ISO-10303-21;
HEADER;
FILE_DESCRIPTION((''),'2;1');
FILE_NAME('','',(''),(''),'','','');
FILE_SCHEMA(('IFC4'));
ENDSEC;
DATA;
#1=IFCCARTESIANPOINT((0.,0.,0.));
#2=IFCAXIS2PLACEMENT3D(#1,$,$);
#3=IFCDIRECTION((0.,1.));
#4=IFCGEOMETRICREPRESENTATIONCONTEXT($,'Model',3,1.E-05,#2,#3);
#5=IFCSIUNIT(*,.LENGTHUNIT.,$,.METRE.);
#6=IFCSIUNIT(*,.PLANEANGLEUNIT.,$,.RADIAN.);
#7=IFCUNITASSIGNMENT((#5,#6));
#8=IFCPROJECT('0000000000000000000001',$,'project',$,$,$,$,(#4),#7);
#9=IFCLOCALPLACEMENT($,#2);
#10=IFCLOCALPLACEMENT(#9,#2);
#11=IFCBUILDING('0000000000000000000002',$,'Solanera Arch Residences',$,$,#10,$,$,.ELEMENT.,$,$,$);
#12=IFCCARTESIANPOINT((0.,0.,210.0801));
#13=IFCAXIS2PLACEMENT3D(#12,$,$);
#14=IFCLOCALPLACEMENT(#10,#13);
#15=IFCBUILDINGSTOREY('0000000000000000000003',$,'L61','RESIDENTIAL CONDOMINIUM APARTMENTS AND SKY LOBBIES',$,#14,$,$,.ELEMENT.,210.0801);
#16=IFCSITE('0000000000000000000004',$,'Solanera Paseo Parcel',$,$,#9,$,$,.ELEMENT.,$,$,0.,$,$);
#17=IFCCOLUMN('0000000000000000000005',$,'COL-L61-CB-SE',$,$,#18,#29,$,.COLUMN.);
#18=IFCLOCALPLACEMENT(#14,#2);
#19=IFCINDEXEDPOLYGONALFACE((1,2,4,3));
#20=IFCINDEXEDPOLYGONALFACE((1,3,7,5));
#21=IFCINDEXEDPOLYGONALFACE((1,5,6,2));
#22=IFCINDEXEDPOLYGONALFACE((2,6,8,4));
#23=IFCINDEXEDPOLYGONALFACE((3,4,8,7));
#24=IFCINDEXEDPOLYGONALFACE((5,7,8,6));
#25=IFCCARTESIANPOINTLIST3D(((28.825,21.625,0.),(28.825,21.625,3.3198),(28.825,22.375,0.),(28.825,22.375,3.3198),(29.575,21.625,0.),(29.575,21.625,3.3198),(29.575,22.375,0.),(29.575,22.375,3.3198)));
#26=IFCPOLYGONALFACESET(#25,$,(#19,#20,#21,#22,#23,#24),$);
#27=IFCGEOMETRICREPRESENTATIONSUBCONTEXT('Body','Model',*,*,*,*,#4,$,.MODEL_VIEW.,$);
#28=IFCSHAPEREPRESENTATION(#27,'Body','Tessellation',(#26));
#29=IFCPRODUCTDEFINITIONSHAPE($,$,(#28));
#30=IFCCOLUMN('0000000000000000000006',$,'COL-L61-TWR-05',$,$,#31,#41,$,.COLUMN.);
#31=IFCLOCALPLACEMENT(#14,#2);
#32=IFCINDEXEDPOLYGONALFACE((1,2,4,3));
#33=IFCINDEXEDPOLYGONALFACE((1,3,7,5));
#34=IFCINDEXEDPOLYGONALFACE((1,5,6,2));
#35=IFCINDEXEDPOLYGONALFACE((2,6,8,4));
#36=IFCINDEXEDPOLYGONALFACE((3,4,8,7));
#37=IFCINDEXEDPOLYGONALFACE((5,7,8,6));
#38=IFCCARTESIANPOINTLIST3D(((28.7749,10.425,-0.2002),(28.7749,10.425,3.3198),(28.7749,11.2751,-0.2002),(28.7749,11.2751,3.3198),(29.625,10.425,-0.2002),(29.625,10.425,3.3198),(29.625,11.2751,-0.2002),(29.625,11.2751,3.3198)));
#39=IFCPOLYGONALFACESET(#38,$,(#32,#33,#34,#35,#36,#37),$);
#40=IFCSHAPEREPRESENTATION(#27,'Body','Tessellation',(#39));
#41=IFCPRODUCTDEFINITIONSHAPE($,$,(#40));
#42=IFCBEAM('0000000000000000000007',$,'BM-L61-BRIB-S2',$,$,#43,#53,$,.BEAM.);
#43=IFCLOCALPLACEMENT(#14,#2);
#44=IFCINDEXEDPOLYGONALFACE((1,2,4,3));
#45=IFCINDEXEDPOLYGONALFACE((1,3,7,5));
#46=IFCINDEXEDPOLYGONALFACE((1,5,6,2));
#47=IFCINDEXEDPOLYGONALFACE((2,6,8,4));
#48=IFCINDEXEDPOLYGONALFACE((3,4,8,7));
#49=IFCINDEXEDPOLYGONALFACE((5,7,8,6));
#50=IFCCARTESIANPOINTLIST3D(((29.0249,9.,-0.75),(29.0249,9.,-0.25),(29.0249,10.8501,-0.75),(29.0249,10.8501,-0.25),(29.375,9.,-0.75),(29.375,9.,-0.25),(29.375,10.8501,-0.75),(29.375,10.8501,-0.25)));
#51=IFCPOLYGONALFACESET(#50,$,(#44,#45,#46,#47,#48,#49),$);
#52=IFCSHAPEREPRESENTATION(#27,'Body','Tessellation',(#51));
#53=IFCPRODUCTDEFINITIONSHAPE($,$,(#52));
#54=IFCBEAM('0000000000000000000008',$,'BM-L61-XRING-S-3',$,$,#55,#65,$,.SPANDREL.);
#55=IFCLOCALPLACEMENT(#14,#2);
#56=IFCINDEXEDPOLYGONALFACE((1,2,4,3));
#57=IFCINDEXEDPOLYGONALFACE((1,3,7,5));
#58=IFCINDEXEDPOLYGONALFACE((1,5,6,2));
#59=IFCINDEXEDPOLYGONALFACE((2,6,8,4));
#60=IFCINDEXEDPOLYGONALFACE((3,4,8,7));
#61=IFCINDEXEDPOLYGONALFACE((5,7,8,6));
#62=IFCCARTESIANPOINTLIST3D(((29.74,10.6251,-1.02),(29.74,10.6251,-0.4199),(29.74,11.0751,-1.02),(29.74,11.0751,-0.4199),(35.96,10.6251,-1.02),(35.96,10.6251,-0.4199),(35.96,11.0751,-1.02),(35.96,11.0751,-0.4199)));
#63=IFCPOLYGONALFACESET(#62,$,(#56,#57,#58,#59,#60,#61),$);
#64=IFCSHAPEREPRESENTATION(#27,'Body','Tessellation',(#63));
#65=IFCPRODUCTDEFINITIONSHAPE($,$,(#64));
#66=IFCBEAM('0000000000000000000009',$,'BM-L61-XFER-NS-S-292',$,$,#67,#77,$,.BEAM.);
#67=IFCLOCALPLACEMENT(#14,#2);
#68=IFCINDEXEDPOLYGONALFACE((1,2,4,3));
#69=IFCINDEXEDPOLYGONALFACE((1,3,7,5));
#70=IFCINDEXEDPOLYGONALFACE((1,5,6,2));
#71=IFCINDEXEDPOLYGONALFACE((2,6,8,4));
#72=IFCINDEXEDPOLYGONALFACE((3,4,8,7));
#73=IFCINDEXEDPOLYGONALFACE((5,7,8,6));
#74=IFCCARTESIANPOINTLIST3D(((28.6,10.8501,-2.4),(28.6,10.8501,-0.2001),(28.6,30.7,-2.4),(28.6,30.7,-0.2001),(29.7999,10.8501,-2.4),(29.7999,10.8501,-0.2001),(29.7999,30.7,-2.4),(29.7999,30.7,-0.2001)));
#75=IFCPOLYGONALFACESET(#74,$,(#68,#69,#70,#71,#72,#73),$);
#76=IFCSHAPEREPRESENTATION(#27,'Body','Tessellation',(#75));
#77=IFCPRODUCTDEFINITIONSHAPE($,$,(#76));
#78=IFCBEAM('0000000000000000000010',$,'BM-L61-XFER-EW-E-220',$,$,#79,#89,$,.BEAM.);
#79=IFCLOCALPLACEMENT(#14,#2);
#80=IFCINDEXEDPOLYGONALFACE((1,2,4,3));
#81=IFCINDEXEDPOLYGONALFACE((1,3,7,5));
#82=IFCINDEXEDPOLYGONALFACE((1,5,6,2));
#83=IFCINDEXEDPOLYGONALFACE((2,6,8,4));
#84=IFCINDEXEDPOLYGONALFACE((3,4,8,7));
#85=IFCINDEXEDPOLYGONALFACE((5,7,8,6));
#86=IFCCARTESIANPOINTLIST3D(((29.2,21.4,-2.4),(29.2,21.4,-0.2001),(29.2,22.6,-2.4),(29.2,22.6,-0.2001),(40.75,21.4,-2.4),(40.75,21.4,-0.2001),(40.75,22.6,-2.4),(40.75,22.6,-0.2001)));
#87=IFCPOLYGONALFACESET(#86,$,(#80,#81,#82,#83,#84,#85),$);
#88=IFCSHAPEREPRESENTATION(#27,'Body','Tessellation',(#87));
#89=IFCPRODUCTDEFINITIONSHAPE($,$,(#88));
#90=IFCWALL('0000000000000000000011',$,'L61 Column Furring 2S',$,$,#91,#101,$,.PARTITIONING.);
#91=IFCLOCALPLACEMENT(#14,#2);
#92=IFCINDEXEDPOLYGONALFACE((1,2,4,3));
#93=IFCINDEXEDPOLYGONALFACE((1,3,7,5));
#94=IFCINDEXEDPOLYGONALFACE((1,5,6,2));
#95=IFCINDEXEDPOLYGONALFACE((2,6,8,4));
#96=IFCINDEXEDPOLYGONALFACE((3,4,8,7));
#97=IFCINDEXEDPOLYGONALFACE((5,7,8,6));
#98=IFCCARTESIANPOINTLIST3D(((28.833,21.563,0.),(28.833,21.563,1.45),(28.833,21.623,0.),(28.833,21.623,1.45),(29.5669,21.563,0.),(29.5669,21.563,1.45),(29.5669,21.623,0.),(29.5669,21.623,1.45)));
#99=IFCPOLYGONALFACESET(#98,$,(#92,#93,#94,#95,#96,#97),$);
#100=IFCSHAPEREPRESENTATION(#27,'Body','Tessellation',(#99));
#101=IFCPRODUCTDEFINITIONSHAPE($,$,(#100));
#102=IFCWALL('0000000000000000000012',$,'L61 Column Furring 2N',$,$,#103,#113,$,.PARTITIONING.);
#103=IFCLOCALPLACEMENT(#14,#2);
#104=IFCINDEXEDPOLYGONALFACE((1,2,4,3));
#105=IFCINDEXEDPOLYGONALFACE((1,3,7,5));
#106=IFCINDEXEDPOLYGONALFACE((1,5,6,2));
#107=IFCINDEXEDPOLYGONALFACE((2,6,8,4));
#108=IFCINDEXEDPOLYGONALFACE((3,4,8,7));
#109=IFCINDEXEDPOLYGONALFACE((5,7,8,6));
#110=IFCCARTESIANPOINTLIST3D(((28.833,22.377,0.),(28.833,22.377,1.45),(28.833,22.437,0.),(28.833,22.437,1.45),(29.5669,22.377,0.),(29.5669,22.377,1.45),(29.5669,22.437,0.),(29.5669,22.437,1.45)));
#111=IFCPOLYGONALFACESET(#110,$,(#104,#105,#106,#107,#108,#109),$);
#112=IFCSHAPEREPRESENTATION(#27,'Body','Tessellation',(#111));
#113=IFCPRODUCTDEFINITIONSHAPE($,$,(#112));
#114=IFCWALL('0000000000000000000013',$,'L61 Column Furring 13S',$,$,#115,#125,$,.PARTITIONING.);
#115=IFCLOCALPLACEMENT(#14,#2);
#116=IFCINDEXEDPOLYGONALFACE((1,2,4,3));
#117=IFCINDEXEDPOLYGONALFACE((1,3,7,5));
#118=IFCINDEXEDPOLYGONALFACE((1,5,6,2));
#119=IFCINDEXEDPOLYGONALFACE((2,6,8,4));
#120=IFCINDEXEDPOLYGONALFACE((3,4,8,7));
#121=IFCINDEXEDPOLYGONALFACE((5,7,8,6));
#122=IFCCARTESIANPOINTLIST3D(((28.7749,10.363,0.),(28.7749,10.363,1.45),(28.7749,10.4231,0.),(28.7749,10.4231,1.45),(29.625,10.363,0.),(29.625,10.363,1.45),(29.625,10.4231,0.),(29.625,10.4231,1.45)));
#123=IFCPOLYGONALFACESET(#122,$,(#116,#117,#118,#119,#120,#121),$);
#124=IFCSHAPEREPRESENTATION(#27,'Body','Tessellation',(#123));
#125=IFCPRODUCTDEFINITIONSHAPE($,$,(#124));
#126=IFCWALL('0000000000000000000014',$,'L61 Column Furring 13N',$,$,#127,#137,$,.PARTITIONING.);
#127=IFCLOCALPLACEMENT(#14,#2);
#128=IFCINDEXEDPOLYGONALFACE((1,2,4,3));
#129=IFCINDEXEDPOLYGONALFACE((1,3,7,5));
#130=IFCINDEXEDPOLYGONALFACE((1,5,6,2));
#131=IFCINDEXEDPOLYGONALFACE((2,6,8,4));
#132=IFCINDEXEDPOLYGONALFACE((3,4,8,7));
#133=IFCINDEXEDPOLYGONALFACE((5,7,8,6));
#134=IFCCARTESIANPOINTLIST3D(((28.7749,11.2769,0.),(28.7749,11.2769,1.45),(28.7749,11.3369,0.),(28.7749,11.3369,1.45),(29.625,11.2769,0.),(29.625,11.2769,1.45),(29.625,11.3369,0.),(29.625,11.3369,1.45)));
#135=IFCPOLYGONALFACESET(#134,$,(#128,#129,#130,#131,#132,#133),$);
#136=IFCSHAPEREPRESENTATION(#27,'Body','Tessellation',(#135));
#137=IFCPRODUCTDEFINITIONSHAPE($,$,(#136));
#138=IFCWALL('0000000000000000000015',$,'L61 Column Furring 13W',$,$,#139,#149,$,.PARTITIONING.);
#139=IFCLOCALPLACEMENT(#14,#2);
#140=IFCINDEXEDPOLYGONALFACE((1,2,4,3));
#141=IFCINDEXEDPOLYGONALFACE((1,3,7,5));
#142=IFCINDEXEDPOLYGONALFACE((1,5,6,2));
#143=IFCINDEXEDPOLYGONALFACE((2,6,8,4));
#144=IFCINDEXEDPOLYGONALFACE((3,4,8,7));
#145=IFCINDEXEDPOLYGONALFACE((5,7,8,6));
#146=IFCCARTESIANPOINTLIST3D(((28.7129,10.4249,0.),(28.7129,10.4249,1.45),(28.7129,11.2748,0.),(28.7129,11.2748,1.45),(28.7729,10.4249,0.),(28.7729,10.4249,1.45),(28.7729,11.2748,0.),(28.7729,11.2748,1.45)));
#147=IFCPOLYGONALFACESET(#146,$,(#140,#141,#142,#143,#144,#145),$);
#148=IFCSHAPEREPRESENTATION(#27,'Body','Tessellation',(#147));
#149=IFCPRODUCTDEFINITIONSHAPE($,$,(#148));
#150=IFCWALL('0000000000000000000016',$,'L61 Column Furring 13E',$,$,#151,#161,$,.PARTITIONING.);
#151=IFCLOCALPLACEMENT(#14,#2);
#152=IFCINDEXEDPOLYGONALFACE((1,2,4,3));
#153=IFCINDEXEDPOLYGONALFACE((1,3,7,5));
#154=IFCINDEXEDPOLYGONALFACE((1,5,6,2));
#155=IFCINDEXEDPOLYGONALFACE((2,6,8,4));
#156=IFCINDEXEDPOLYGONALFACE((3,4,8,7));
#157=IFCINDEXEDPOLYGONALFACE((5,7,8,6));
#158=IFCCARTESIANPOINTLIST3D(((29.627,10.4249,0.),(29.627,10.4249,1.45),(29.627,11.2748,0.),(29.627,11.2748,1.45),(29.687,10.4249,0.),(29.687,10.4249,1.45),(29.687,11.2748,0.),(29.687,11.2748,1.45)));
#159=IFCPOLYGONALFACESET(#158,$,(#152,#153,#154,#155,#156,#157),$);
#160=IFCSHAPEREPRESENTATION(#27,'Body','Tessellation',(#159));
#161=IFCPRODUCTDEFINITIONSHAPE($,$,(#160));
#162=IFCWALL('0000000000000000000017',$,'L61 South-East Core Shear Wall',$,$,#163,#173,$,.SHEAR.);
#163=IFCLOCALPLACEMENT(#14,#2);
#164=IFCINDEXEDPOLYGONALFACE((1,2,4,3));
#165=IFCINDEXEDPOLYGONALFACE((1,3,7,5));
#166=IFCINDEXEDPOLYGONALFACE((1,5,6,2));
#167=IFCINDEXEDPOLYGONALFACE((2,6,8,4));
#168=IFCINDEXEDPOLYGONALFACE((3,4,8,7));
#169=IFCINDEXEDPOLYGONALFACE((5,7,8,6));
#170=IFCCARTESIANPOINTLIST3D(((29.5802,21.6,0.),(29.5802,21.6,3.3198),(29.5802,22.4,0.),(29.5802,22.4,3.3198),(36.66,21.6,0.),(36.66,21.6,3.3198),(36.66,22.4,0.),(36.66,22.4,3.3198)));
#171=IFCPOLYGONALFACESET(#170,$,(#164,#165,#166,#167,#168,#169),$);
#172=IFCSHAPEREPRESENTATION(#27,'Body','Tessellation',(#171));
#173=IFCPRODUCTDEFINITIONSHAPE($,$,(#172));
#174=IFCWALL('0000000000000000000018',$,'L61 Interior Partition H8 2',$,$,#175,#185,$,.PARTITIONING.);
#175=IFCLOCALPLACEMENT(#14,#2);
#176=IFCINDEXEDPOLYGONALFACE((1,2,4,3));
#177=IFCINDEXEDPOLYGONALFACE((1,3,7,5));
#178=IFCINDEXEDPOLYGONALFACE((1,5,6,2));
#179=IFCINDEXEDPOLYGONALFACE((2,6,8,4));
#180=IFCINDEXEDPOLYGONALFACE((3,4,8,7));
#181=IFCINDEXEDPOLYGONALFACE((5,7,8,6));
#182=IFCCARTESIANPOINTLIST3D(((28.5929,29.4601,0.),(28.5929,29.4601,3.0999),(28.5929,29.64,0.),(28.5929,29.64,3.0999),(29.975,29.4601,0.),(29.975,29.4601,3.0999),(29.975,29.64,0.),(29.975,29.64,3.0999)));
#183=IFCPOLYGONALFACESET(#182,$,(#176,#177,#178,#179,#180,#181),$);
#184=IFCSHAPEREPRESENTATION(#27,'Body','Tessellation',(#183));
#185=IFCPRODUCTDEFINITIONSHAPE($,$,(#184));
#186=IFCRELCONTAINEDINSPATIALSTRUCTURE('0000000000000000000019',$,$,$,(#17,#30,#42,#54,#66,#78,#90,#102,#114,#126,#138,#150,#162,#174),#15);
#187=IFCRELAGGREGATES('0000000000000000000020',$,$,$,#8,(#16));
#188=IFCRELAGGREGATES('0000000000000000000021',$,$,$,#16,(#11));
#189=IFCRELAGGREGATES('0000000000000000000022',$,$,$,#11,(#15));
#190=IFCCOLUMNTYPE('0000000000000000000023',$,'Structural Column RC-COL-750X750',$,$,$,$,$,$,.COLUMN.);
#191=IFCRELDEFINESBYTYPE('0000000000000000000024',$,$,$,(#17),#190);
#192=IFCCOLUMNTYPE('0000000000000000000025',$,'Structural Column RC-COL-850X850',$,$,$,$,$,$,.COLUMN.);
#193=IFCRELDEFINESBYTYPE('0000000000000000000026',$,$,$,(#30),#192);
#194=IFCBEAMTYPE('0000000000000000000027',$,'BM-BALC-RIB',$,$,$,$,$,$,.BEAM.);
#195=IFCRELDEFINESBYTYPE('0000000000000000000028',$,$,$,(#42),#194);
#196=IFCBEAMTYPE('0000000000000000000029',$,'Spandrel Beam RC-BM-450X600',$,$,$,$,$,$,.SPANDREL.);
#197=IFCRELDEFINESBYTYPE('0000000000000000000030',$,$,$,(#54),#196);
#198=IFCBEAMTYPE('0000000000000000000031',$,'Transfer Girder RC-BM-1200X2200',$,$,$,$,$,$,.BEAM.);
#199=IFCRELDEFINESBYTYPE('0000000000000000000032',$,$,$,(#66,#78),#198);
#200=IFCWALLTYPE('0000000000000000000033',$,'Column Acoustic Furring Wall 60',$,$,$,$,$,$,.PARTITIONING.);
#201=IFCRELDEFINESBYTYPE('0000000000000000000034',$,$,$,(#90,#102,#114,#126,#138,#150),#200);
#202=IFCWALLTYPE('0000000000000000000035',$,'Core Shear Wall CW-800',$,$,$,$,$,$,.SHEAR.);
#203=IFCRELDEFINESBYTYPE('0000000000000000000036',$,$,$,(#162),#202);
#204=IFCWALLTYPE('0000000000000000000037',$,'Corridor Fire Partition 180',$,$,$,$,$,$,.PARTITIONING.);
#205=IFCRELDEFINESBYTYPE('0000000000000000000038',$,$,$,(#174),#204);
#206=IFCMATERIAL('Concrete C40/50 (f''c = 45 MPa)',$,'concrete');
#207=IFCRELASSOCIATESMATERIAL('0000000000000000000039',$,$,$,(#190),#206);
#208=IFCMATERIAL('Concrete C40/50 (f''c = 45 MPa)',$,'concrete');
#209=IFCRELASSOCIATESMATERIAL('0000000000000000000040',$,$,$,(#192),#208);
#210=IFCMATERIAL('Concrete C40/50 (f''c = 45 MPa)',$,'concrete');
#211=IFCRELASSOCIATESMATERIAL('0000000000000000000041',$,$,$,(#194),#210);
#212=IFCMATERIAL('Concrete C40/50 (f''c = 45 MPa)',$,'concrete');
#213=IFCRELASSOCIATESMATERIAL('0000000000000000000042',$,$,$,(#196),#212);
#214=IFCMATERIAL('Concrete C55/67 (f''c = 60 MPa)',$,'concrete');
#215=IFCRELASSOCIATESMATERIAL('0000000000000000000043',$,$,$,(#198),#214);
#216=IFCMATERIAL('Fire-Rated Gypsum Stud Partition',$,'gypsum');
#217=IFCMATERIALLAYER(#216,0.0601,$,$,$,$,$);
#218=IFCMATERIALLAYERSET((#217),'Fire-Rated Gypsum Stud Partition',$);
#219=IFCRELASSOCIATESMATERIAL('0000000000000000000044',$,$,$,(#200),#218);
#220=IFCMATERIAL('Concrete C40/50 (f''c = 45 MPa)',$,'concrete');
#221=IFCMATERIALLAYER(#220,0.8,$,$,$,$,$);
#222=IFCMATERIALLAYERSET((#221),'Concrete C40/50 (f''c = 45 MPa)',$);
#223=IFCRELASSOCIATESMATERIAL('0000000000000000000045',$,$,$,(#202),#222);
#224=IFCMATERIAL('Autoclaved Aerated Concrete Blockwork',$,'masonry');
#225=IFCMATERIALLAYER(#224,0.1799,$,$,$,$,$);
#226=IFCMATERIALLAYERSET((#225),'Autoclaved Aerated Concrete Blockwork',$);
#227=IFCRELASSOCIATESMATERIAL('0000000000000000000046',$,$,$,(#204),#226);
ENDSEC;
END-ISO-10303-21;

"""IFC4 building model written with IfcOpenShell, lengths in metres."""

from ifc_helpers import new_model, si_unit, direction, frame, frame_2d, origin, origin_2d, place, context, subcontext, project, spatial, rectangle, extrude, material, layer, layer_set, material_profile, profile_set, type_object, element, save


model = new_model("IFC4")

# Units and contexts
model_context = context("Model", 3, precision=1e-05, world=origin(), true_north=direction((0.0, 1.0)))
body_context = subcontext(model_context, "Body", "Model", "MODEL_VIEW")
ifc_project = project(units=[si_unit("LENGTHUNIT", "METRE"), si_unit("PLANEANGLEUNIT", "RADIAN")], contexts=[model_context])

# Site, building, storey
site_placement = place(None, origin())
site = spatial("IfcSite", under=ifc_project, at=site_placement, Name="Solanera Paseo Parcel", CompositionType="ELEMENT", RefElevation=0.0)
building_placement = place(site_placement, origin())
building = spatial("IfcBuilding", under=site, at=building_placement, Name="Solanera Arch Residences", CompositionType="ELEMENT")
storey_placement = place(building_placement, frame((0.0, 0.0, 210.0801)))
storey = spatial("IfcBuildingStorey", under=building, at=storey_placement, Name="L61", Description="RESIDENTIAL CONDOMINIUM APARTMENTS AND SKY LOBBIES", CompositionType="ELEMENT", Elevation=210.0801)

# Columns
ifc_material_1 = material(Name="Concrete C40/50 (f'c = 45 MPa)", Category="concrete")
ifc_material_profile_1 = material_profile(ifc_material_1, rectangle(XDim=0.75, YDim=0.75, at=origin_2d()))
ifc_profile_set_1 = profile_set([ifc_material_profile_1], Name="Concrete C40/50 (f'c = 45 MPa)")
column_type_1 = type_object("IfcColumnType", Name="Structural Column RC-COL-750X750", PredefinedType="COLUMN", material=ifc_profile_set_1)
column_1_placement = place(storey_placement, frame((29.2, 22.0, 0.0), z_axis=(0.0, 0.0, 1.0), x_axis=(1.0, 0.0, 0.0)))
element("IfcColumn", 1, at=column_1_placement, inside=storey, type_object=column_type_1, Name="COL-L61-CB-SE", PredefinedType="COLUMN", context=body_context, shape_type="SweptSolid", body=[
    extrude(rectangle(XDim=0.75, YDim=0.75, at=origin_2d()), origin(), (0.0, 0.0, 1.0), 3.3198),
])
ifc_material_2 = material(Name="Concrete C40/50 (f'c = 45 MPa)", Category="concrete")
ifc_material_profile_2 = material_profile(ifc_material_2, rectangle(XDim=0.8501, YDim=0.8501, at=origin_2d()))
ifc_profile_set_2 = profile_set([ifc_material_profile_2], Name="Concrete C40/50 (f'c = 45 MPa)")
column_type_2 = type_object("IfcColumnType", Name="Structural Column RC-COL-850X850", PredefinedType="COLUMN", material=ifc_profile_set_2)
column_2_placement = place(storey_placement, frame((29.2, 10.8501, -0.2002), z_axis=(0.0, 0.0, 1.0), x_axis=(1.0, 0.0, 0.0)))
element("IfcColumn", 2, at=column_2_placement, inside=storey, type_object=column_type_2, Name="COL-L61-TWR-05", PredefinedType="COLUMN", context=body_context, shape_type="SweptSolid", body=[
    extrude(rectangle(XDim=0.8501, YDim=0.8501, at=origin_2d()), origin(), (0.0, 0.0, 1.0), 3.52),
])

# Beams
ifc_material_3 = material(Name="Concrete C40/50 (f'c = 45 MPa)", Category="concrete")
ifc_material_profile_3 = material_profile(ifc_material_3, rectangle(XDim=0.3501, YDim=0.5, at=origin_2d()))
ifc_profile_set_3 = profile_set([ifc_material_profile_3], Name="Concrete C40/50 (f'c = 45 MPa)")
beam_type_1 = type_object("IfcBeamType", Name="BM-BALC-RIB", PredefinedType="BEAM", material=ifc_profile_set_3)
beam_1_placement = place(storey_placement, frame((29.2, 9.0, -0.5), z_axis=(0.0, 1.0, 0.0), x_axis=(-1.0, 0.0, 0.0)))
element("IfcBeam", 3, at=beam_1_placement, inside=storey, type_object=beam_type_1, Name="BM-L61-BRIB-S2", PredefinedType="BEAM", context=body_context, shape_type="SweptSolid", body=[
    extrude(rectangle(XDim=0.3501, YDim=0.5, at=origin_2d()), origin(), (0.0, 0.0, 1.0), 1.8501),
])
ifc_material_4 = material(Name="Concrete C40/50 (f'c = 45 MPa)", Category="concrete")
ifc_material_profile_4 = material_profile(ifc_material_4, rectangle(XDim=0.45, YDim=0.6001, at=origin_2d()))
ifc_profile_set_4 = profile_set([ifc_material_profile_4], Name="Concrete C40/50 (f'c = 45 MPa)")
beam_type_2 = type_object("IfcBeamType", Name="Spandrel Beam RC-BM-450X600", PredefinedType="SPANDREL", material=ifc_profile_set_4)
beam_2_placement = place(storey_placement, frame((29.74, 10.8501, -0.72), z_axis=(1.0, 0.0, 0.0), x_axis=(0.0, 1.0, 0.0)))
element("IfcBeam", 4, at=beam_2_placement, inside=storey, type_object=beam_type_2, Name="BM-L61-XRING-S-3", PredefinedType="SPANDREL", context=body_context, shape_type="SweptSolid", body=[
    extrude(rectangle(XDim=0.45, YDim=0.6001, at=origin_2d()), origin(), (0.0, 0.0, 1.0), 6.22),
])
ifc_material_5 = material(Name="Concrete C55/67 (f'c = 60 MPa)", Category="concrete")
ifc_material_profile_5 = material_profile(ifc_material_5, rectangle(XDim=1.2, YDim=2.2, at=origin_2d()))
ifc_profile_set_5 = profile_set([ifc_material_profile_5], Name="Concrete C55/67 (f'c = 60 MPa)")
beam_type_3 = type_object("IfcBeamType", Name="Transfer Girder RC-BM-1200X2200", PredefinedType="BEAM", material=ifc_profile_set_5)
beam_3_placement = place(storey_placement, frame((29.2, 10.8501, -1.3), z_axis=(0.0, 1.0, 0.0), x_axis=(-1.0, 0.0, 0.0)))
element("IfcBeam", 5, at=beam_3_placement, inside=storey, type_object=beam_type_3, Name="BM-L61-XFER-NS-S-292", PredefinedType="BEAM", context=body_context, shape_type="SweptSolid", body=[
    extrude(rectangle(XDim=1.2, YDim=2.2, at=origin_2d()), origin(), (0.0, 0.0, 1.0), 19.8499),
])
beam_4_placement = place(storey_placement, frame((29.2, 22.0, -1.3), z_axis=(1.0, 0.0, 0.0), x_axis=(0.0, 1.0, 0.0)))
element("IfcBeam", 6, at=beam_4_placement, inside=storey, type_object=beam_type_3, Name="BM-L61-XFER-EW-E-220", PredefinedType="BEAM", context=body_context, shape_type="SweptSolid", body=[
    extrude(rectangle(XDim=1.2, YDim=2.2, at=origin_2d()), origin(), (0.0, 0.0, 1.0), 11.55),
])

# Walls
ifc_material_6 = material(Name="Fire-Rated Gypsum Stud Partition", Category="gypsum")
ifc_layer_1 = layer(ifc_material_6, 0.0601)
ifc_layer_set_1 = layer_set([ifc_layer_1], Name="Fire-Rated Gypsum Stud Partition")
wall_type_1 = type_object("IfcWallType", Name="Column Acoustic Furring Wall 60", PredefinedType="PARTITIONING", material=ifc_layer_set_1)
for number, where, z_axis, x_axis, name in (
    (7, (28.833, 21.593, 0.0), (0.0, 0.0, 1.0), (1.0, 0.0, 0.0), "L61 Column Furring 2S"),
    (8, (28.833, 22.407, 0.0), (0.0, 0.0, 1.0), (1.0, 0.0, 0.0), "L61 Column Furring 2N"),
):
    element("IfcWall", number, at=place(storey_placement, frame(where, z_axis=z_axis, x_axis=x_axis)), inside=storey, type_object=wall_type_1, Name=name, PredefinedType="PARTITIONING", context=body_context, shape_type="SweptSolid", body=[
        extrude(rectangle(XDim=0.7339, YDim=0.0601, at=frame_2d((0.3669, 0.0))), origin(), (0.0, 0.0, 1.0), 1.45),
    ])
for number, where, z_axis, x_axis, name in (
    (9, (28.7749, 10.3931, 0.0), (0.0, 0.0, 1.0), (1.0, 0.0, 0.0), "L61 Column Furring 13S"),
    (10, (28.7749, 11.3069, 0.0), (0.0, 0.0, 1.0), (1.0, 0.0, 0.0), "L61 Column Furring 13N"),
):
    element("IfcWall", number, at=place(storey_placement, frame(where, z_axis=z_axis, x_axis=x_axis)), inside=storey, type_object=wall_type_1, Name=name, PredefinedType="PARTITIONING", context=body_context, shape_type="SweptSolid", body=[
        extrude(rectangle(XDim=0.8501, YDim=0.0601, at=frame_2d((0.425, 0.0))), origin(), (0.0, 0.0, 1.0), 1.45),
    ])
for number, where, z_axis, x_axis, name in (
    (11, (28.7429, 10.425, 0.0), (0.0, 0.0, 1.0), (0.0, 1.0, 0.0), "L61 Column Furring 13W"),
    (12, (29.657, 10.425, 0.0), (0.0, 0.0, 1.0), (0.0, 1.0, 0.0), "L61 Column Furring 13E"),
):
    element("IfcWall", number, at=place(storey_placement, frame(where, z_axis=z_axis, x_axis=x_axis)), inside=storey, type_object=wall_type_1, Name=name, PredefinedType="PARTITIONING", context=body_context, shape_type="SweptSolid", body=[
        extrude(rectangle(XDim=0.8499, YDim=0.0601, at=frame_2d((0.4248, 0.0))), origin(), (0.0, 0.0, 1.0), 1.45),
    ])
ifc_material_7 = material(Name="Concrete C40/50 (f'c = 45 MPa)", Category="concrete")
ifc_layer_2 = layer(ifc_material_7, 0.8)
ifc_layer_set_2 = layer_set([ifc_layer_2], Name="Concrete C40/50 (f'c = 45 MPa)")
wall_type_2 = type_object("IfcWallType", Name="Core Shear Wall CW-800", PredefinedType="SHEAR", material=ifc_layer_set_2)
wall_1_placement = place(storey_placement, frame((29.5801, 22.0, 0.0), z_axis=(0.0, 0.0, 1.0), x_axis=(1.0, 0.0, 0.0)))
element("IfcWall", 13, at=wall_1_placement, inside=storey, type_object=wall_type_2, Name="L61 South-East Core Shear Wall", PredefinedType="SHEAR", context=body_context, shape_type="SweptSolid", body=[
    extrude(rectangle(XDim=7.0798, YDim=0.8, at=frame_2d((3.54, 0.0))), origin(), (0.0, 0.0, 1.0), 3.3198),
])
ifc_material_8 = material(Name="Autoclaved Aerated Concrete Blockwork", Category="masonry")
ifc_layer_3 = layer(ifc_material_8, 0.1799)
ifc_layer_set_3 = layer_set([ifc_layer_3], Name="Autoclaved Aerated Concrete Blockwork")
wall_type_3 = type_object("IfcWallType", Name="Corridor Fire Partition 180", PredefinedType="PARTITIONING", material=ifc_layer_set_3)
wall_2_placement = place(storey_placement, frame((28.593, 29.55, 0.0), z_axis=(0.0, 0.0, 1.0), x_axis=(1.0, 0.0, 0.0)))
element("IfcWall", 14, at=wall_2_placement, inside=storey, type_object=wall_type_3, Name="L61 Interior Partition H8 2", PredefinedType="PARTITIONING", context=body_context, shape_type="SweptSolid", body=[
    extrude(rectangle(XDim=1.3821, YDim=0.1799, at=frame_2d((0.6909, 0.0))), origin(), (0.0, 0.0, 1.0), 3.0999),
])

save(model, "model.ifc")
